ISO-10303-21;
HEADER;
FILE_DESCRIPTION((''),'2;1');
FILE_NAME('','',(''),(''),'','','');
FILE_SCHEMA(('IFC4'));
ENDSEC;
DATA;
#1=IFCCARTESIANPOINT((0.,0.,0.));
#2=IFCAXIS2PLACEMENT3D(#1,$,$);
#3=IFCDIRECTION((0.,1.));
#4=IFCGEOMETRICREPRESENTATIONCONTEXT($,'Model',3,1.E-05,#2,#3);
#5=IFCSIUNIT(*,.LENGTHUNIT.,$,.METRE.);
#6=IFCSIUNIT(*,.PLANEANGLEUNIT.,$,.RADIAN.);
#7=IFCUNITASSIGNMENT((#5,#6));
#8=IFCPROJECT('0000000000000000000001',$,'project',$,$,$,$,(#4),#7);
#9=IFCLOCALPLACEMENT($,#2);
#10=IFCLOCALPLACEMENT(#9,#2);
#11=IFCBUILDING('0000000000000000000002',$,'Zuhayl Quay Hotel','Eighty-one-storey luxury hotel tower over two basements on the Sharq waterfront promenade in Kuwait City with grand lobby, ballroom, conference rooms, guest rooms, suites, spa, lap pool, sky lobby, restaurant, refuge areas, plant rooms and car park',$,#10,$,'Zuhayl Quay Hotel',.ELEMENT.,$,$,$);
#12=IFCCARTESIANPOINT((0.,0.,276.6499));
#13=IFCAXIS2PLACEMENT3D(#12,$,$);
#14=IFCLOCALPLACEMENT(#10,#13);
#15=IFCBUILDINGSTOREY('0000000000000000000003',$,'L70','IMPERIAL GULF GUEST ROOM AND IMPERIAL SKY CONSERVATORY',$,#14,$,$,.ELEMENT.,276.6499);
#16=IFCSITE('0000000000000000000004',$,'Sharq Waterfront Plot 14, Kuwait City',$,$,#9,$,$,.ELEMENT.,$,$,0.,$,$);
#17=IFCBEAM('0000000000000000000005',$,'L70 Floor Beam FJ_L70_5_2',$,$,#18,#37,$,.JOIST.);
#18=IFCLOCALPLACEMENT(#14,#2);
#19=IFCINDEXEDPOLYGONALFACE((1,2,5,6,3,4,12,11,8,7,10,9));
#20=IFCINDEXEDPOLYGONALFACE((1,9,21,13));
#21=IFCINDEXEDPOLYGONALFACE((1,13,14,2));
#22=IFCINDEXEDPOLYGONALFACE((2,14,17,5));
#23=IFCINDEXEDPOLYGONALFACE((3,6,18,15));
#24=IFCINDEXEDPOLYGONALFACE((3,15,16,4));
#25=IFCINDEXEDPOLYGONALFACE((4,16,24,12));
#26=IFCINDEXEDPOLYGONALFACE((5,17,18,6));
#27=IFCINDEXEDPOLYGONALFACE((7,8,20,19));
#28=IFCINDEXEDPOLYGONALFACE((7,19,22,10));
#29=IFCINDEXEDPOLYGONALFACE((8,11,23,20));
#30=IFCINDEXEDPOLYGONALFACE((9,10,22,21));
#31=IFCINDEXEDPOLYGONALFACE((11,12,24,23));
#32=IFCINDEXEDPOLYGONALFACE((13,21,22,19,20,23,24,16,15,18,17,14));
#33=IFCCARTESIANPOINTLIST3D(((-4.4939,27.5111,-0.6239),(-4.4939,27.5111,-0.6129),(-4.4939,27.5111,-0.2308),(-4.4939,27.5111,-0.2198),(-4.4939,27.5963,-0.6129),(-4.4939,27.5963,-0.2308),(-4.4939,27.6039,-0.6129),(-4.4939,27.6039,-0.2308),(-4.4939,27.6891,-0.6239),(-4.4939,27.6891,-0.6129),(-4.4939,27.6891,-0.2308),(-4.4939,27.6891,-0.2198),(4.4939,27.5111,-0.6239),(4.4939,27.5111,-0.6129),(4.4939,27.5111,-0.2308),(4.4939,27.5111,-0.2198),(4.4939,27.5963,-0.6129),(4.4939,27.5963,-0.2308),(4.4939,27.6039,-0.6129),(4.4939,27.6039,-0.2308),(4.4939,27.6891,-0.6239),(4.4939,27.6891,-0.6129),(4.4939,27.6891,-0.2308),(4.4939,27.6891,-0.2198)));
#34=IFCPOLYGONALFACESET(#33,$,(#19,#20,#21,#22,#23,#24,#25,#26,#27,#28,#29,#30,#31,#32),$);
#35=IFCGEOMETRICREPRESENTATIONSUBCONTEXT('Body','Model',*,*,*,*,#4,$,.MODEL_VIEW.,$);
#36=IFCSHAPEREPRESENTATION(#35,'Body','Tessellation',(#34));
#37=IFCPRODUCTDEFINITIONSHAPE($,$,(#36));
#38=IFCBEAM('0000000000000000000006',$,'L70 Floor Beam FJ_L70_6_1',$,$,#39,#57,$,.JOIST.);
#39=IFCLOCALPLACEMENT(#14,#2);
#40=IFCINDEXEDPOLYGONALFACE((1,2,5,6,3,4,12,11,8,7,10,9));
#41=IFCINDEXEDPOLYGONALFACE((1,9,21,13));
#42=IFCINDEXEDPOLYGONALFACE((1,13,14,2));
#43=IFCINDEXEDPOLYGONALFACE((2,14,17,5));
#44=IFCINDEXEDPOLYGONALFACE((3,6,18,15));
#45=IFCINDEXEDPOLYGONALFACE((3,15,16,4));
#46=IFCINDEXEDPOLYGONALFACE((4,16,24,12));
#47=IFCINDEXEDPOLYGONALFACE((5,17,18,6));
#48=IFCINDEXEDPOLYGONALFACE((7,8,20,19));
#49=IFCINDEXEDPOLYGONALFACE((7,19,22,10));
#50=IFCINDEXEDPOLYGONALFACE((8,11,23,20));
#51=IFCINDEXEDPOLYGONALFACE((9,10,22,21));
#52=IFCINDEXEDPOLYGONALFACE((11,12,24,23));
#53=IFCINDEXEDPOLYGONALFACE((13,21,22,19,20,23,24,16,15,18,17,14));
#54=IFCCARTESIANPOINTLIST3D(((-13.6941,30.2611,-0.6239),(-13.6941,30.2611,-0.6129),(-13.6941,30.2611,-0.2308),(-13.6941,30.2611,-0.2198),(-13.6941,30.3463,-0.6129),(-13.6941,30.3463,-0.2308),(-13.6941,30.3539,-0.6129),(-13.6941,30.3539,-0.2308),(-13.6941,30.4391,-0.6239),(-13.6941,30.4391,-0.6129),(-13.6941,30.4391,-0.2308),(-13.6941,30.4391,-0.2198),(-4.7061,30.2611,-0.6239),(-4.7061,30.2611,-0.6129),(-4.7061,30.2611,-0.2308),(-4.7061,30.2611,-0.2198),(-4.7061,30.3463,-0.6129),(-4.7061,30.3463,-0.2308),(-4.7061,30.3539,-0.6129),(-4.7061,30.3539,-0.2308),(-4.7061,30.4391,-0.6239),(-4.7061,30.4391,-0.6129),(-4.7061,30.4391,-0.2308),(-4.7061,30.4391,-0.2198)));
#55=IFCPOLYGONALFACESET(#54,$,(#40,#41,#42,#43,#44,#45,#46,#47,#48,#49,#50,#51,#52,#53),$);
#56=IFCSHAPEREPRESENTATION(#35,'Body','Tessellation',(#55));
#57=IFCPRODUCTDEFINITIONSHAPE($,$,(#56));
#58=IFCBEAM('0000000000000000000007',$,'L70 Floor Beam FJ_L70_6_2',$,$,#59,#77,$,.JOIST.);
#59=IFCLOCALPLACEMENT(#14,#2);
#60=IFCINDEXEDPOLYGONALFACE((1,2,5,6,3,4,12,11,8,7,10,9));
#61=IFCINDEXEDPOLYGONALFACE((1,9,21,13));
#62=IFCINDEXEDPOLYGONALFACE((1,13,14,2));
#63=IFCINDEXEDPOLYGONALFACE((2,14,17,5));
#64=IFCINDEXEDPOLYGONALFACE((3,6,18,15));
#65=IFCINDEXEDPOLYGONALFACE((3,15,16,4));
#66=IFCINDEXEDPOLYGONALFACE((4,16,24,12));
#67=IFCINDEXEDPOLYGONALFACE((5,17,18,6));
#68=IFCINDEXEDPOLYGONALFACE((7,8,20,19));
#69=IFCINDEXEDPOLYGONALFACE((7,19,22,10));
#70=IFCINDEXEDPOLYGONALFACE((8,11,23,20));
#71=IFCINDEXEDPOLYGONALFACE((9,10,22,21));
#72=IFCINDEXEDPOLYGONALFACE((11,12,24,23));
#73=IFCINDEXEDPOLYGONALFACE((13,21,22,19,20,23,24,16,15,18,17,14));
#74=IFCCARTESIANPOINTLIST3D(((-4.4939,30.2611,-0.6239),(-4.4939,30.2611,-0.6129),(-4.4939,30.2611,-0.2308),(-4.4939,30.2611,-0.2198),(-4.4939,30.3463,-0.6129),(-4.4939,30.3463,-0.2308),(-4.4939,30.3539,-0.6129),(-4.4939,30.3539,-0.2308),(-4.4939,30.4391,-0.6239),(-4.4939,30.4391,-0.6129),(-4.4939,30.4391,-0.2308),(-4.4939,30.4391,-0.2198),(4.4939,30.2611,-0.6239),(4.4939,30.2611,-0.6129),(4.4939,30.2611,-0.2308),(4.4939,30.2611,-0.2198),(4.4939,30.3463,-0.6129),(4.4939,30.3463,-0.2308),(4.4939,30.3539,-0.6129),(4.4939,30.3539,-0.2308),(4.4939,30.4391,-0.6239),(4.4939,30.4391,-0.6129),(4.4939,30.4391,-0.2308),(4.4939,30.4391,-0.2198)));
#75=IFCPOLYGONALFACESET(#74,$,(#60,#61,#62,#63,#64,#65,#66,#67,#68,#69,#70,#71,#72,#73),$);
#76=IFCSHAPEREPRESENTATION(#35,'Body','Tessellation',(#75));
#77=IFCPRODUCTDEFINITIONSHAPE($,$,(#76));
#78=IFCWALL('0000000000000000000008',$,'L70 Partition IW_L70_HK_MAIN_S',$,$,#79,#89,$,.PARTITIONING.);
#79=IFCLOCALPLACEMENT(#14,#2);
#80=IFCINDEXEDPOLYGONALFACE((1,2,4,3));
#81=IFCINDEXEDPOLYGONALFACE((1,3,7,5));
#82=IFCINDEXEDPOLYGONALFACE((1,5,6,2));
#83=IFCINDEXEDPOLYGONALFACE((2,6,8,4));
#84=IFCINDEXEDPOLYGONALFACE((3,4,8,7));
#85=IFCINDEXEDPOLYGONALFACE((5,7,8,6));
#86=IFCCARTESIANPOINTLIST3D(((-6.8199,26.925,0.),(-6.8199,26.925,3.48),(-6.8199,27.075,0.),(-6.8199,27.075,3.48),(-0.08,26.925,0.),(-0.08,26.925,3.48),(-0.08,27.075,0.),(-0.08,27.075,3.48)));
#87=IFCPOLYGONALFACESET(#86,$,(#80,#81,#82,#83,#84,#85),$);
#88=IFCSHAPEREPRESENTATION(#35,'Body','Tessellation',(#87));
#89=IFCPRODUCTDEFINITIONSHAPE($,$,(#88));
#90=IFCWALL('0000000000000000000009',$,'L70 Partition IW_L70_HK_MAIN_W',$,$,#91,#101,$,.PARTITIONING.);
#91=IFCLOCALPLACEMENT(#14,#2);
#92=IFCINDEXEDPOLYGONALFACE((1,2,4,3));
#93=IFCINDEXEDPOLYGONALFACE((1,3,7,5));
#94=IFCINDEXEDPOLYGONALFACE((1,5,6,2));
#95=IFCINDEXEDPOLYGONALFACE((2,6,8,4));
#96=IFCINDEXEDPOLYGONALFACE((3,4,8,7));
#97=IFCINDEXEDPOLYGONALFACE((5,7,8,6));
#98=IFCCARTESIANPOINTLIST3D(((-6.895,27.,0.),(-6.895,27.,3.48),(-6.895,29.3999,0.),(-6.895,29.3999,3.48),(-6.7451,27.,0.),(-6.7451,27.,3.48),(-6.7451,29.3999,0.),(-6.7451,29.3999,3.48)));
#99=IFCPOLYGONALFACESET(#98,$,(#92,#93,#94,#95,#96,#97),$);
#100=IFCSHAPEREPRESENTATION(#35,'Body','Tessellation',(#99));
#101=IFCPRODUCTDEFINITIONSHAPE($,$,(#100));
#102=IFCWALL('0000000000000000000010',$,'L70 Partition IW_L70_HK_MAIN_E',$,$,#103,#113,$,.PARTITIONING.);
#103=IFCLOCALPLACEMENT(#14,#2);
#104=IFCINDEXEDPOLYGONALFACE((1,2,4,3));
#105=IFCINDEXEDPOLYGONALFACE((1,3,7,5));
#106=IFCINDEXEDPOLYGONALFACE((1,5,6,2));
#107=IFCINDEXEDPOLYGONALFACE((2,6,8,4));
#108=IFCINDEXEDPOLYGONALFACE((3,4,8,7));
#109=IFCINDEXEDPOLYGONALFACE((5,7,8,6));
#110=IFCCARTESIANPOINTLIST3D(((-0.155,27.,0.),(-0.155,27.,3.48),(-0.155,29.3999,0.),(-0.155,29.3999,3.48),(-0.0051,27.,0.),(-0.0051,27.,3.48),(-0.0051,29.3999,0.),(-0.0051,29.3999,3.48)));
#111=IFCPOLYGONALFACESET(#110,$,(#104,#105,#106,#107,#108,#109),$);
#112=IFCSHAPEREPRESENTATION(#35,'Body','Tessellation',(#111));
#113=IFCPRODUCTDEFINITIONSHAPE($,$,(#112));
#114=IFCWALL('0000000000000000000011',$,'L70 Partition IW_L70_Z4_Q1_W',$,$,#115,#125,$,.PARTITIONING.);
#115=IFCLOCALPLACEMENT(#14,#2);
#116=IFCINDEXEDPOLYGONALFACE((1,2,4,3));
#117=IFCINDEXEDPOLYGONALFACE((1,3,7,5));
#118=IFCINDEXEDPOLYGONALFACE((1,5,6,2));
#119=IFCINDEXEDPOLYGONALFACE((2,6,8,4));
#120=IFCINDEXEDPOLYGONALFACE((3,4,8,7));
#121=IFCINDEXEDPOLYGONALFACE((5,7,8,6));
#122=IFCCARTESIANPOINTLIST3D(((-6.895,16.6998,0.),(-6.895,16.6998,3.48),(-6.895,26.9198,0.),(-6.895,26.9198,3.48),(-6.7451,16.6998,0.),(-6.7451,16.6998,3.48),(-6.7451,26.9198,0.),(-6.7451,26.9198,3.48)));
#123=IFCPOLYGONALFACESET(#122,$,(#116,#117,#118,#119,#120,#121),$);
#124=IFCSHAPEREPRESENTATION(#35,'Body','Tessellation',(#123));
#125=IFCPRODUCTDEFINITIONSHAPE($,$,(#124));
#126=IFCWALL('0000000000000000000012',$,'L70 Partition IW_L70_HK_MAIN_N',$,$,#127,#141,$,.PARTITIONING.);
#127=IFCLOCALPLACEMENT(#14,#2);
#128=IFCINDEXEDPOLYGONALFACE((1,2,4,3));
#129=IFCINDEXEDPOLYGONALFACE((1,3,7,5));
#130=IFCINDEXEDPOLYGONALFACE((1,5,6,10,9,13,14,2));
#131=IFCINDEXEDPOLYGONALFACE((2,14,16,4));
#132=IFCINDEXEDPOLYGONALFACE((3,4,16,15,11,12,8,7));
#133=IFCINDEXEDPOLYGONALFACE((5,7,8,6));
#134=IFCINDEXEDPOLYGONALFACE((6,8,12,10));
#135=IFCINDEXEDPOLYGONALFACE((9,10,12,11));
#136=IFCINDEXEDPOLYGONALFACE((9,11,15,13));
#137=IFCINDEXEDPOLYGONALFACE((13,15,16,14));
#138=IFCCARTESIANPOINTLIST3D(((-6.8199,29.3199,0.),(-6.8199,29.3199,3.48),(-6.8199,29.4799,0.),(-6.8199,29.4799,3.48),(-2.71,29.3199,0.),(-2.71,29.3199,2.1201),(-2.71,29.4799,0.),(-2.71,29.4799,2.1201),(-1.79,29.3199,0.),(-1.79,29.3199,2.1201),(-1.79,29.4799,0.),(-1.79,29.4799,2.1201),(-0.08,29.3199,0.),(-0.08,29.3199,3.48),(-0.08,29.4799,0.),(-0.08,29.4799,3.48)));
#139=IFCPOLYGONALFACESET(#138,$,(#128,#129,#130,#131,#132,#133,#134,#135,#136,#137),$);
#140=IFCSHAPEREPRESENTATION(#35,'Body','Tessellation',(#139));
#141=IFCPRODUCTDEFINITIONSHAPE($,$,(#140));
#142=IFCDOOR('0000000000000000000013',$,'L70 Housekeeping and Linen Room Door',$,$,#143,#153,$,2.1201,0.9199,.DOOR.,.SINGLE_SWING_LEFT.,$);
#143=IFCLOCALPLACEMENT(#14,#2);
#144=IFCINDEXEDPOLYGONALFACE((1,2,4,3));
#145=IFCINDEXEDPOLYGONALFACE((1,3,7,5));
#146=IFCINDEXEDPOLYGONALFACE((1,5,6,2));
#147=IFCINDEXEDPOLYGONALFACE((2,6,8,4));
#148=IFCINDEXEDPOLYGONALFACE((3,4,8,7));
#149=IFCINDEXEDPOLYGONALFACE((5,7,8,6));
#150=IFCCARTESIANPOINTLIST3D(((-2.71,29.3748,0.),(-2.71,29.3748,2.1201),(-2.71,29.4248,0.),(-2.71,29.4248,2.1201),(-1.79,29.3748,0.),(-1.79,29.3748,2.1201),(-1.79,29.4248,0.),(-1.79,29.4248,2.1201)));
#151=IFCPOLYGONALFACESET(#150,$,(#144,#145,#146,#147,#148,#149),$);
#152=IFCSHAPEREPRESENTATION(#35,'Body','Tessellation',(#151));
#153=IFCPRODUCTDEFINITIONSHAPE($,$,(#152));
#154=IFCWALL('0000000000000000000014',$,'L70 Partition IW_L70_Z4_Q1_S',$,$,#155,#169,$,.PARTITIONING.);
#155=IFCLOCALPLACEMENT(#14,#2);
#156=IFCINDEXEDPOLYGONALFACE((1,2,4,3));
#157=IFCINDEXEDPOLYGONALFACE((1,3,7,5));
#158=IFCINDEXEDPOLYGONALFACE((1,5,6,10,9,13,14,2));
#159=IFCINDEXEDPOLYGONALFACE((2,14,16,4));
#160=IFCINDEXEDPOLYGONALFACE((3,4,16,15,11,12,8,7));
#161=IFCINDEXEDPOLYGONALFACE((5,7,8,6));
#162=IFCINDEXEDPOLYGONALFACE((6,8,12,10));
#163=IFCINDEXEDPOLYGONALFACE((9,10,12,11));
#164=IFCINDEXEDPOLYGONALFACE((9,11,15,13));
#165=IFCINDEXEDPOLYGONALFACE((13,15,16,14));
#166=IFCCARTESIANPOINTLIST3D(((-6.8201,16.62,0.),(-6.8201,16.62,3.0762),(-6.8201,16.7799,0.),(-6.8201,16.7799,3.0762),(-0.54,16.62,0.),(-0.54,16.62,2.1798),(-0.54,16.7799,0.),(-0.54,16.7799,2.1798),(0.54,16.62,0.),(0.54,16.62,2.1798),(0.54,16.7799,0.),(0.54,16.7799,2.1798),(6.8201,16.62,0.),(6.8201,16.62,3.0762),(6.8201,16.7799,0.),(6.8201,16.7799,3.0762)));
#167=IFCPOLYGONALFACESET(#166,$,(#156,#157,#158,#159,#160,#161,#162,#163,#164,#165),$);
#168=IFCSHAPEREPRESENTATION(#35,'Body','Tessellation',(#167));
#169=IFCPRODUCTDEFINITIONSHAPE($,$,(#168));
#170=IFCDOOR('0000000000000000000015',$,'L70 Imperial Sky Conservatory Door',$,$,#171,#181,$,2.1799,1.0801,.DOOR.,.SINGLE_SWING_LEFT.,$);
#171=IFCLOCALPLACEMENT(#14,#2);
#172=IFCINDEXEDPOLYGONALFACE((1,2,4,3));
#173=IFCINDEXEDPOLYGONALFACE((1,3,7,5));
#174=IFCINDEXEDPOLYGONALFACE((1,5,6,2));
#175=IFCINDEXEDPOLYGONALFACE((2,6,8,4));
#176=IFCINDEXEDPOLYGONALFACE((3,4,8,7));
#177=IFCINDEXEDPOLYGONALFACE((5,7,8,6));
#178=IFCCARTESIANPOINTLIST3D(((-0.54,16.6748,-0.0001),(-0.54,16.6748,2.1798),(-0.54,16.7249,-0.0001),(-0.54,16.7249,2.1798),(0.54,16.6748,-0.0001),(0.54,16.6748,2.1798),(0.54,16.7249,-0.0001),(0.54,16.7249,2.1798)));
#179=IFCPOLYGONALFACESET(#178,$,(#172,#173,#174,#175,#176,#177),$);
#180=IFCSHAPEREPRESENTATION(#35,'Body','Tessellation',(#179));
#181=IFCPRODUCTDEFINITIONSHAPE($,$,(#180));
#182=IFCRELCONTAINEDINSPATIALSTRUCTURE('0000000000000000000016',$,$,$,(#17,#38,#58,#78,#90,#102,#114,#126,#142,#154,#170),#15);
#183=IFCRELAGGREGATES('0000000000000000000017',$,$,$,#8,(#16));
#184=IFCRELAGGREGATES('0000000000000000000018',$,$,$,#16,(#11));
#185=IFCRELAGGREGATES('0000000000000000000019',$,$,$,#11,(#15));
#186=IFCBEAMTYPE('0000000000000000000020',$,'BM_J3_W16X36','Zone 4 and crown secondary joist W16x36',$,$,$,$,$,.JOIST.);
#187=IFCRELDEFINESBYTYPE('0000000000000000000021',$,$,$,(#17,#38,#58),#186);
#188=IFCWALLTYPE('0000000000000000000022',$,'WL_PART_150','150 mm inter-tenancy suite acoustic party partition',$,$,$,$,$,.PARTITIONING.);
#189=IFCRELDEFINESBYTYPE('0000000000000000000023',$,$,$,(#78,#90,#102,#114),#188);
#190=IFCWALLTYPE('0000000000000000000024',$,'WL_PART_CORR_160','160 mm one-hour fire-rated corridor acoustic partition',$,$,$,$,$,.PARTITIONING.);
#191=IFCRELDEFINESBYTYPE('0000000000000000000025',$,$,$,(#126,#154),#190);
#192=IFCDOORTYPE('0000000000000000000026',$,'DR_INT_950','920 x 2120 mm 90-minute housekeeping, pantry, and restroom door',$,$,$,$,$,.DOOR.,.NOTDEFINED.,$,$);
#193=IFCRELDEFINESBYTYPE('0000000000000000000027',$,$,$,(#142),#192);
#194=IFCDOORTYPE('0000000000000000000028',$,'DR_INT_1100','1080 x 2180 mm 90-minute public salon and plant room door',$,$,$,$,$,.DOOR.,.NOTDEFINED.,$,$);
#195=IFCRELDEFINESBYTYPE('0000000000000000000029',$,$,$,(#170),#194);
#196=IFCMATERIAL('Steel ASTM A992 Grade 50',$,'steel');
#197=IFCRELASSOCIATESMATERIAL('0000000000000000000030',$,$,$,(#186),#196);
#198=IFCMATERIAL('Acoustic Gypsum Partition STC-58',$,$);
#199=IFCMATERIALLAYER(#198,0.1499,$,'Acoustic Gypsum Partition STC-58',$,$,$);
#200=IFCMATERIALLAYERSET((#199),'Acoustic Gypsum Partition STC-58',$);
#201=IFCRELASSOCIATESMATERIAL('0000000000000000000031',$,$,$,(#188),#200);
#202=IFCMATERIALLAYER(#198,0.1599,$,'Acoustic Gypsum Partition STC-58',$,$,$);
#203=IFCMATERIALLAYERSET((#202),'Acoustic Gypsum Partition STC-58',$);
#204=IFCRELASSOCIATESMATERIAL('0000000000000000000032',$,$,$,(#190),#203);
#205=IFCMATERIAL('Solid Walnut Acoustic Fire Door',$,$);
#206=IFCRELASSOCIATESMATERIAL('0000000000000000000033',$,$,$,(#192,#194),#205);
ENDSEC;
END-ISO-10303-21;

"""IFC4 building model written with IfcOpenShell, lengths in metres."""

from ifc_helpers import new_model, si_unit, direction, frame, frame_2d, origin, origin_2d, place, context, subcontext, project, spatial, rectangle, i_section, extrude, material, layer, layer_set, material_profile, profile_set, type_object, element, fill, save


model = new_model("IFC4")

# Units and contexts
model_context = context("Model", 3, precision=1e-05, world=origin(), true_north=direction((0.0, 1.0)))
body_context = subcontext(model_context, "Body", "Model", "MODEL_VIEW")
ifc_project = project(units=[si_unit("LENGTHUNIT", "METRE"), si_unit("PLANEANGLEUNIT", "RADIAN")], contexts=[model_context])

# Site, building, storey
site_placement = place(None, origin())
site = spatial("IfcSite", under=ifc_project, at=site_placement, Name="Sharq Waterfront Plot 14, Kuwait City", CompositionType="ELEMENT", RefElevation=0.0)
building_placement = place(site_placement, origin())
building = spatial("IfcBuilding", under=site, at=building_placement, Name="Zuhayl Quay Hotel", Description="Eighty-one-storey luxury hotel tower over two basements on the Sharq waterfront promenade in Kuwait City with grand lobby, ballroom, conference rooms, guest rooms, suites, spa, lap pool, sky lobby, restaurant, refuge areas, plant rooms and car park", LongName="Zuhayl Quay Hotel", CompositionType="ELEMENT")
storey_placement = place(building_placement, frame((0.0, 0.0, 276.6499)))
storey = spatial("IfcBuildingStorey", under=building, at=storey_placement, Name="L70", Description="IMPERIAL GULF GUEST ROOM AND IMPERIAL SKY CONSERVATORY", CompositionType="ELEMENT", Elevation=276.6499)

# Beams
ifc_material_1 = material(Name="Steel ASTM A992 Grade 50", Category="steel")
ifc_material_profile = material_profile(ifc_material_1, i_section(OverallWidth=0.178, OverallDepth=0.4041, WebThickness=0.0076, FlangeThickness=0.011, at=origin_2d()), Name="W16X36")
ifc_profile_set = profile_set([ifc_material_profile], Name="Steel ASTM A992 Grade 50")
beam_type = type_object("IfcBeamType", Name="BM_J3_W16X36", Description="Zone 4 and crown secondary joist W16x36", PredefinedType="JOIST", material=ifc_profile_set)
beam_1_placement = place(storey_placement, frame((-4.4939, 27.6001, -0.4219), z_axis=(1.0, 0.0, 0.0), x_axis=(0.0, 1.0, 0.0)))
element("IfcBeam", 1, at=beam_1_placement, inside=storey, type_object=beam_type, Name="L70 Floor Beam FJ_L70_5_2", PredefinedType="JOIST", context=body_context, shape_type="SweptSolid", body=[
    extrude(i_section(OverallWidth=0.178, OverallDepth=0.4041, WebThickness=0.0076, FlangeThickness=0.011, at=origin_2d()), origin(), (0.0, 0.0, 1.0), 8.9878),
])
beam_2_placement = place(storey_placement, frame((-13.6941, 30.3501, -0.4219), z_axis=(1.0, 0.0, 0.0), x_axis=(0.0, 1.0, 0.0)))
element("IfcBeam", 2, at=beam_2_placement, inside=storey, type_object=beam_type, Name="L70 Floor Beam FJ_L70_6_1", PredefinedType="JOIST", context=body_context, shape_type="SweptSolid", body=[
    extrude(i_section(OverallWidth=0.178, OverallDepth=0.4041, WebThickness=0.0076, FlangeThickness=0.011, at=origin_2d()), origin(), (0.0, 0.0, 1.0), 8.988),
])
beam_3_placement = place(storey_placement, frame((-4.4939, 30.3501, -0.4219), z_axis=(1.0, 0.0, 0.0), x_axis=(0.0, 1.0, 0.0)))
element("IfcBeam", 3, at=beam_3_placement, inside=storey, type_object=beam_type, Name="L70 Floor Beam FJ_L70_6_2", PredefinedType="JOIST", context=body_context, shape_type="SweptSolid", body=[
    extrude(i_section(OverallWidth=0.178, OverallDepth=0.4041, WebThickness=0.0076, FlangeThickness=0.011, at=origin_2d()), origin(), (0.0, 0.0, 1.0), 8.9878),
])

# Walls
ifc_material_2 = material(Name="Acoustic Gypsum Partition STC-58")
ifc_layer_1 = layer(ifc_material_2, 0.1499, Name="Acoustic Gypsum Partition STC-58")
ifc_layer_set_1 = layer_set([ifc_layer_1], Name="Acoustic Gypsum Partition STC-58")
wall_type_1 = type_object("IfcWallType", Name="WL_PART_150", Description="150 mm inter-tenancy suite acoustic party partition", PredefinedType="PARTITIONING", material=ifc_layer_set_1)
wall_1_placement = place(storey_placement, frame((-6.8201, 27.0, 0.0), z_axis=(0.0, 0.0, 1.0), x_axis=(1.0, 0.0, 0.0)))
element("IfcWall", 4, at=wall_1_placement, inside=storey, type_object=wall_type_1, Name="L70 Partition IW_L70_HK_MAIN_S", PredefinedType="PARTITIONING", context=body_context, shape_type="SweptSolid", body=[
    extrude(rectangle(XDim=6.74, YDim=0.1499, at=frame_2d((3.3701, 0.0))), origin(), (0.0, 0.0, 1.0), 3.48),
])
for number, where, z_axis, x_axis, name in (
    (5, (-6.8201, 27.0, 0.0), (0.0, 0.0, 1.0), (0.0, 1.0, 0.0), "L70 Partition IW_L70_HK_MAIN_W"),
    (6, (-0.0801, 27.0, 0.0), (0.0, 0.0, 1.0), (0.0, 1.0, 0.0), "L70 Partition IW_L70_HK_MAIN_E"),
):
    element("IfcWall", number, at=place(storey_placement, frame(where, z_axis=z_axis, x_axis=x_axis)), inside=storey, type_object=wall_type_1, Name=name, PredefinedType="PARTITIONING", context=body_context, shape_type="SweptSolid", body=[
        extrude(rectangle(XDim=2.3999, YDim=0.1499, at=frame_2d((1.2, 0.0))), origin(), (0.0, 0.0, 1.0), 3.48),
    ])
wall_2_placement = place(storey_placement, frame((-6.8201, 16.7, 0.0), z_axis=(0.0, 0.0, 1.0), x_axis=(0.0, 1.0, 0.0)))
element("IfcWall", 7, at=wall_2_placement, inside=storey, type_object=wall_type_1, Name="L70 Partition IW_L70_Z4_Q1_W", PredefinedType="PARTITIONING", context=body_context, shape_type="SweptSolid", body=[
    extrude(rectangle(XDim=10.22, YDim=0.1499, at=frame_2d((5.1099, 0.0))), origin(), (0.0, 0.0, 1.0), 3.48),
])

# Walls, openings, doors
ifc_layer_2 = layer(ifc_material_2, 0.1599, Name="Acoustic Gypsum Partition STC-58")
ifc_layer_set_2 = layer_set([ifc_layer_2], Name="Acoustic Gypsum Partition STC-58")
wall_type_2 = type_object("IfcWallType", Name="WL_PART_CORR_160", Description="160 mm one-hour fire-rated corridor acoustic partition", PredefinedType="PARTITIONING", material=ifc_layer_set_2)
wall_3_placement = place(storey_placement, frame((-6.8201, 29.3999, 0.0), z_axis=(0.0, 0.0, 1.0), x_axis=(1.0, 0.0, 0.0)))
wall_3 = element("IfcWall", 8, at=wall_3_placement, inside=storey, type_object=wall_type_2, Name="L70 Partition IW_L70_HK_MAIN_N", PredefinedType="PARTITIONING", context=body_context, shape_type="SweptSolid", body=[
    extrude(rectangle(XDim=6.74, YDim=0.1599, at=frame_2d((3.3701, 0.0))), origin(), (0.0, 0.0, 1.0), 3.48),
])
opening_1_placement = place(wall_3_placement, frame((4.1101, 0.0, 0.0)))
opening_1 = element("IfcOpeningElement", 9, at=opening_1_placement, cuts=wall_3, PredefinedType="OPENING", context=body_context, shape_type="SweptSolid", body=[
    extrude(rectangle(XDim=0.9199, YDim=2.1201, at=frame_2d((0.46, 1.0601))), frame((0.0, 0.0898, 0.0), z_axis=(0.0, -1.0, 0.0), x_axis=(1.0, 0.0, 0.0)), (0.0, 0.0, 1.0), 0.1799),
])
ifc_material_3 = material(Name="Solid Walnut Acoustic Fire Door")
door_type_1 = type_object("IfcDoorType", Name="DR_INT_950", Description="920 x 2120 mm 90-minute housekeeping, pantry, and restroom door", OperationType="NOTDEFINED", PredefinedType="DOOR", material=ifc_material_3)
door_1_placement = place(opening_1_placement, origin())
door_1 = element("IfcDoor", 10, at=door_1_placement, inside=storey, type_object=door_type_1, Name="L70 Housekeeping and Linen Room Door", OperationType="SINGLE_SWING_LEFT", OverallHeight=2.1201, OverallWidth=0.9199, PredefinedType="DOOR", context=body_context, shape_type="SweptSolid", body=[
    extrude(rectangle(XDim=0.9199, YDim=2.1201, at=frame_2d((0.46, 1.0601))), frame((0.0, 0.0249, 0.0), z_axis=(0.0, -1.0, 0.0), x_axis=(1.0, 0.0, 0.0)), (0.0, 0.0, 1.0), 0.05),
])
fill(opening_1, door_1)
wall_4_placement = place(storey_placement, frame((-6.8201, 16.7, 0.0), z_axis=(0.0, 0.0, 1.0), x_axis=(1.0, 0.0, 0.0)))
wall_4 = element("IfcWall", 11, at=wall_4_placement, inside=storey, type_object=wall_type_2, Name="L70 Partition IW_L70_Z4_Q1_S", PredefinedType="PARTITIONING", context=body_context, shape_type="SweptSolid", body=[
    extrude(rectangle(XDim=13.6401, YDim=0.1599, at=frame_2d((6.8201, 0.0))), origin(), (0.0, 0.0, 1.0), 3.0762),
])
opening_2_placement = place(wall_4_placement, frame((6.28, 0.0, 0.0)))
opening_2 = element("IfcOpeningElement", 12, at=opening_2_placement, cuts=wall_4, PredefinedType="OPENING", context=body_context, shape_type="SweptSolid", body=[
    extrude(rectangle(XDim=1.0801, YDim=2.1799, at=frame_2d((0.54, 1.0898))), frame((0.0, 0.0898, 0.0), z_axis=(0.0, -1.0, 0.0), x_axis=(1.0, 0.0, 0.0)), (0.0, 0.0, 1.0), 0.1799),
])
door_type_2 = type_object("IfcDoorType", Name="DR_INT_1100", Description="1080 x 2180 mm 90-minute public salon and plant room door", OperationType="NOTDEFINED", PredefinedType="DOOR", material=ifc_material_3)
door_2_placement = place(opening_2_placement, origin())
door_2 = element("IfcDoor", 13, at=door_2_placement, inside=storey, type_object=door_type_2, Name="L70 Imperial Sky Conservatory Door", OperationType="SINGLE_SWING_LEFT", OverallHeight=2.1799, OverallWidth=1.0801, PredefinedType="DOOR", context=body_context, shape_type="SweptSolid", body=[
    extrude(rectangle(XDim=1.0801, YDim=2.1799, at=frame_2d((0.54, 1.0898))), frame((0.0, 0.0249, 0.0), z_axis=(0.0, -1.0, 0.0), x_axis=(1.0, 0.0, 0.0)), (0.0, 0.0, 1.0), 0.05),
])
fill(opening_2, door_2)

save(model, "model.ifc")
